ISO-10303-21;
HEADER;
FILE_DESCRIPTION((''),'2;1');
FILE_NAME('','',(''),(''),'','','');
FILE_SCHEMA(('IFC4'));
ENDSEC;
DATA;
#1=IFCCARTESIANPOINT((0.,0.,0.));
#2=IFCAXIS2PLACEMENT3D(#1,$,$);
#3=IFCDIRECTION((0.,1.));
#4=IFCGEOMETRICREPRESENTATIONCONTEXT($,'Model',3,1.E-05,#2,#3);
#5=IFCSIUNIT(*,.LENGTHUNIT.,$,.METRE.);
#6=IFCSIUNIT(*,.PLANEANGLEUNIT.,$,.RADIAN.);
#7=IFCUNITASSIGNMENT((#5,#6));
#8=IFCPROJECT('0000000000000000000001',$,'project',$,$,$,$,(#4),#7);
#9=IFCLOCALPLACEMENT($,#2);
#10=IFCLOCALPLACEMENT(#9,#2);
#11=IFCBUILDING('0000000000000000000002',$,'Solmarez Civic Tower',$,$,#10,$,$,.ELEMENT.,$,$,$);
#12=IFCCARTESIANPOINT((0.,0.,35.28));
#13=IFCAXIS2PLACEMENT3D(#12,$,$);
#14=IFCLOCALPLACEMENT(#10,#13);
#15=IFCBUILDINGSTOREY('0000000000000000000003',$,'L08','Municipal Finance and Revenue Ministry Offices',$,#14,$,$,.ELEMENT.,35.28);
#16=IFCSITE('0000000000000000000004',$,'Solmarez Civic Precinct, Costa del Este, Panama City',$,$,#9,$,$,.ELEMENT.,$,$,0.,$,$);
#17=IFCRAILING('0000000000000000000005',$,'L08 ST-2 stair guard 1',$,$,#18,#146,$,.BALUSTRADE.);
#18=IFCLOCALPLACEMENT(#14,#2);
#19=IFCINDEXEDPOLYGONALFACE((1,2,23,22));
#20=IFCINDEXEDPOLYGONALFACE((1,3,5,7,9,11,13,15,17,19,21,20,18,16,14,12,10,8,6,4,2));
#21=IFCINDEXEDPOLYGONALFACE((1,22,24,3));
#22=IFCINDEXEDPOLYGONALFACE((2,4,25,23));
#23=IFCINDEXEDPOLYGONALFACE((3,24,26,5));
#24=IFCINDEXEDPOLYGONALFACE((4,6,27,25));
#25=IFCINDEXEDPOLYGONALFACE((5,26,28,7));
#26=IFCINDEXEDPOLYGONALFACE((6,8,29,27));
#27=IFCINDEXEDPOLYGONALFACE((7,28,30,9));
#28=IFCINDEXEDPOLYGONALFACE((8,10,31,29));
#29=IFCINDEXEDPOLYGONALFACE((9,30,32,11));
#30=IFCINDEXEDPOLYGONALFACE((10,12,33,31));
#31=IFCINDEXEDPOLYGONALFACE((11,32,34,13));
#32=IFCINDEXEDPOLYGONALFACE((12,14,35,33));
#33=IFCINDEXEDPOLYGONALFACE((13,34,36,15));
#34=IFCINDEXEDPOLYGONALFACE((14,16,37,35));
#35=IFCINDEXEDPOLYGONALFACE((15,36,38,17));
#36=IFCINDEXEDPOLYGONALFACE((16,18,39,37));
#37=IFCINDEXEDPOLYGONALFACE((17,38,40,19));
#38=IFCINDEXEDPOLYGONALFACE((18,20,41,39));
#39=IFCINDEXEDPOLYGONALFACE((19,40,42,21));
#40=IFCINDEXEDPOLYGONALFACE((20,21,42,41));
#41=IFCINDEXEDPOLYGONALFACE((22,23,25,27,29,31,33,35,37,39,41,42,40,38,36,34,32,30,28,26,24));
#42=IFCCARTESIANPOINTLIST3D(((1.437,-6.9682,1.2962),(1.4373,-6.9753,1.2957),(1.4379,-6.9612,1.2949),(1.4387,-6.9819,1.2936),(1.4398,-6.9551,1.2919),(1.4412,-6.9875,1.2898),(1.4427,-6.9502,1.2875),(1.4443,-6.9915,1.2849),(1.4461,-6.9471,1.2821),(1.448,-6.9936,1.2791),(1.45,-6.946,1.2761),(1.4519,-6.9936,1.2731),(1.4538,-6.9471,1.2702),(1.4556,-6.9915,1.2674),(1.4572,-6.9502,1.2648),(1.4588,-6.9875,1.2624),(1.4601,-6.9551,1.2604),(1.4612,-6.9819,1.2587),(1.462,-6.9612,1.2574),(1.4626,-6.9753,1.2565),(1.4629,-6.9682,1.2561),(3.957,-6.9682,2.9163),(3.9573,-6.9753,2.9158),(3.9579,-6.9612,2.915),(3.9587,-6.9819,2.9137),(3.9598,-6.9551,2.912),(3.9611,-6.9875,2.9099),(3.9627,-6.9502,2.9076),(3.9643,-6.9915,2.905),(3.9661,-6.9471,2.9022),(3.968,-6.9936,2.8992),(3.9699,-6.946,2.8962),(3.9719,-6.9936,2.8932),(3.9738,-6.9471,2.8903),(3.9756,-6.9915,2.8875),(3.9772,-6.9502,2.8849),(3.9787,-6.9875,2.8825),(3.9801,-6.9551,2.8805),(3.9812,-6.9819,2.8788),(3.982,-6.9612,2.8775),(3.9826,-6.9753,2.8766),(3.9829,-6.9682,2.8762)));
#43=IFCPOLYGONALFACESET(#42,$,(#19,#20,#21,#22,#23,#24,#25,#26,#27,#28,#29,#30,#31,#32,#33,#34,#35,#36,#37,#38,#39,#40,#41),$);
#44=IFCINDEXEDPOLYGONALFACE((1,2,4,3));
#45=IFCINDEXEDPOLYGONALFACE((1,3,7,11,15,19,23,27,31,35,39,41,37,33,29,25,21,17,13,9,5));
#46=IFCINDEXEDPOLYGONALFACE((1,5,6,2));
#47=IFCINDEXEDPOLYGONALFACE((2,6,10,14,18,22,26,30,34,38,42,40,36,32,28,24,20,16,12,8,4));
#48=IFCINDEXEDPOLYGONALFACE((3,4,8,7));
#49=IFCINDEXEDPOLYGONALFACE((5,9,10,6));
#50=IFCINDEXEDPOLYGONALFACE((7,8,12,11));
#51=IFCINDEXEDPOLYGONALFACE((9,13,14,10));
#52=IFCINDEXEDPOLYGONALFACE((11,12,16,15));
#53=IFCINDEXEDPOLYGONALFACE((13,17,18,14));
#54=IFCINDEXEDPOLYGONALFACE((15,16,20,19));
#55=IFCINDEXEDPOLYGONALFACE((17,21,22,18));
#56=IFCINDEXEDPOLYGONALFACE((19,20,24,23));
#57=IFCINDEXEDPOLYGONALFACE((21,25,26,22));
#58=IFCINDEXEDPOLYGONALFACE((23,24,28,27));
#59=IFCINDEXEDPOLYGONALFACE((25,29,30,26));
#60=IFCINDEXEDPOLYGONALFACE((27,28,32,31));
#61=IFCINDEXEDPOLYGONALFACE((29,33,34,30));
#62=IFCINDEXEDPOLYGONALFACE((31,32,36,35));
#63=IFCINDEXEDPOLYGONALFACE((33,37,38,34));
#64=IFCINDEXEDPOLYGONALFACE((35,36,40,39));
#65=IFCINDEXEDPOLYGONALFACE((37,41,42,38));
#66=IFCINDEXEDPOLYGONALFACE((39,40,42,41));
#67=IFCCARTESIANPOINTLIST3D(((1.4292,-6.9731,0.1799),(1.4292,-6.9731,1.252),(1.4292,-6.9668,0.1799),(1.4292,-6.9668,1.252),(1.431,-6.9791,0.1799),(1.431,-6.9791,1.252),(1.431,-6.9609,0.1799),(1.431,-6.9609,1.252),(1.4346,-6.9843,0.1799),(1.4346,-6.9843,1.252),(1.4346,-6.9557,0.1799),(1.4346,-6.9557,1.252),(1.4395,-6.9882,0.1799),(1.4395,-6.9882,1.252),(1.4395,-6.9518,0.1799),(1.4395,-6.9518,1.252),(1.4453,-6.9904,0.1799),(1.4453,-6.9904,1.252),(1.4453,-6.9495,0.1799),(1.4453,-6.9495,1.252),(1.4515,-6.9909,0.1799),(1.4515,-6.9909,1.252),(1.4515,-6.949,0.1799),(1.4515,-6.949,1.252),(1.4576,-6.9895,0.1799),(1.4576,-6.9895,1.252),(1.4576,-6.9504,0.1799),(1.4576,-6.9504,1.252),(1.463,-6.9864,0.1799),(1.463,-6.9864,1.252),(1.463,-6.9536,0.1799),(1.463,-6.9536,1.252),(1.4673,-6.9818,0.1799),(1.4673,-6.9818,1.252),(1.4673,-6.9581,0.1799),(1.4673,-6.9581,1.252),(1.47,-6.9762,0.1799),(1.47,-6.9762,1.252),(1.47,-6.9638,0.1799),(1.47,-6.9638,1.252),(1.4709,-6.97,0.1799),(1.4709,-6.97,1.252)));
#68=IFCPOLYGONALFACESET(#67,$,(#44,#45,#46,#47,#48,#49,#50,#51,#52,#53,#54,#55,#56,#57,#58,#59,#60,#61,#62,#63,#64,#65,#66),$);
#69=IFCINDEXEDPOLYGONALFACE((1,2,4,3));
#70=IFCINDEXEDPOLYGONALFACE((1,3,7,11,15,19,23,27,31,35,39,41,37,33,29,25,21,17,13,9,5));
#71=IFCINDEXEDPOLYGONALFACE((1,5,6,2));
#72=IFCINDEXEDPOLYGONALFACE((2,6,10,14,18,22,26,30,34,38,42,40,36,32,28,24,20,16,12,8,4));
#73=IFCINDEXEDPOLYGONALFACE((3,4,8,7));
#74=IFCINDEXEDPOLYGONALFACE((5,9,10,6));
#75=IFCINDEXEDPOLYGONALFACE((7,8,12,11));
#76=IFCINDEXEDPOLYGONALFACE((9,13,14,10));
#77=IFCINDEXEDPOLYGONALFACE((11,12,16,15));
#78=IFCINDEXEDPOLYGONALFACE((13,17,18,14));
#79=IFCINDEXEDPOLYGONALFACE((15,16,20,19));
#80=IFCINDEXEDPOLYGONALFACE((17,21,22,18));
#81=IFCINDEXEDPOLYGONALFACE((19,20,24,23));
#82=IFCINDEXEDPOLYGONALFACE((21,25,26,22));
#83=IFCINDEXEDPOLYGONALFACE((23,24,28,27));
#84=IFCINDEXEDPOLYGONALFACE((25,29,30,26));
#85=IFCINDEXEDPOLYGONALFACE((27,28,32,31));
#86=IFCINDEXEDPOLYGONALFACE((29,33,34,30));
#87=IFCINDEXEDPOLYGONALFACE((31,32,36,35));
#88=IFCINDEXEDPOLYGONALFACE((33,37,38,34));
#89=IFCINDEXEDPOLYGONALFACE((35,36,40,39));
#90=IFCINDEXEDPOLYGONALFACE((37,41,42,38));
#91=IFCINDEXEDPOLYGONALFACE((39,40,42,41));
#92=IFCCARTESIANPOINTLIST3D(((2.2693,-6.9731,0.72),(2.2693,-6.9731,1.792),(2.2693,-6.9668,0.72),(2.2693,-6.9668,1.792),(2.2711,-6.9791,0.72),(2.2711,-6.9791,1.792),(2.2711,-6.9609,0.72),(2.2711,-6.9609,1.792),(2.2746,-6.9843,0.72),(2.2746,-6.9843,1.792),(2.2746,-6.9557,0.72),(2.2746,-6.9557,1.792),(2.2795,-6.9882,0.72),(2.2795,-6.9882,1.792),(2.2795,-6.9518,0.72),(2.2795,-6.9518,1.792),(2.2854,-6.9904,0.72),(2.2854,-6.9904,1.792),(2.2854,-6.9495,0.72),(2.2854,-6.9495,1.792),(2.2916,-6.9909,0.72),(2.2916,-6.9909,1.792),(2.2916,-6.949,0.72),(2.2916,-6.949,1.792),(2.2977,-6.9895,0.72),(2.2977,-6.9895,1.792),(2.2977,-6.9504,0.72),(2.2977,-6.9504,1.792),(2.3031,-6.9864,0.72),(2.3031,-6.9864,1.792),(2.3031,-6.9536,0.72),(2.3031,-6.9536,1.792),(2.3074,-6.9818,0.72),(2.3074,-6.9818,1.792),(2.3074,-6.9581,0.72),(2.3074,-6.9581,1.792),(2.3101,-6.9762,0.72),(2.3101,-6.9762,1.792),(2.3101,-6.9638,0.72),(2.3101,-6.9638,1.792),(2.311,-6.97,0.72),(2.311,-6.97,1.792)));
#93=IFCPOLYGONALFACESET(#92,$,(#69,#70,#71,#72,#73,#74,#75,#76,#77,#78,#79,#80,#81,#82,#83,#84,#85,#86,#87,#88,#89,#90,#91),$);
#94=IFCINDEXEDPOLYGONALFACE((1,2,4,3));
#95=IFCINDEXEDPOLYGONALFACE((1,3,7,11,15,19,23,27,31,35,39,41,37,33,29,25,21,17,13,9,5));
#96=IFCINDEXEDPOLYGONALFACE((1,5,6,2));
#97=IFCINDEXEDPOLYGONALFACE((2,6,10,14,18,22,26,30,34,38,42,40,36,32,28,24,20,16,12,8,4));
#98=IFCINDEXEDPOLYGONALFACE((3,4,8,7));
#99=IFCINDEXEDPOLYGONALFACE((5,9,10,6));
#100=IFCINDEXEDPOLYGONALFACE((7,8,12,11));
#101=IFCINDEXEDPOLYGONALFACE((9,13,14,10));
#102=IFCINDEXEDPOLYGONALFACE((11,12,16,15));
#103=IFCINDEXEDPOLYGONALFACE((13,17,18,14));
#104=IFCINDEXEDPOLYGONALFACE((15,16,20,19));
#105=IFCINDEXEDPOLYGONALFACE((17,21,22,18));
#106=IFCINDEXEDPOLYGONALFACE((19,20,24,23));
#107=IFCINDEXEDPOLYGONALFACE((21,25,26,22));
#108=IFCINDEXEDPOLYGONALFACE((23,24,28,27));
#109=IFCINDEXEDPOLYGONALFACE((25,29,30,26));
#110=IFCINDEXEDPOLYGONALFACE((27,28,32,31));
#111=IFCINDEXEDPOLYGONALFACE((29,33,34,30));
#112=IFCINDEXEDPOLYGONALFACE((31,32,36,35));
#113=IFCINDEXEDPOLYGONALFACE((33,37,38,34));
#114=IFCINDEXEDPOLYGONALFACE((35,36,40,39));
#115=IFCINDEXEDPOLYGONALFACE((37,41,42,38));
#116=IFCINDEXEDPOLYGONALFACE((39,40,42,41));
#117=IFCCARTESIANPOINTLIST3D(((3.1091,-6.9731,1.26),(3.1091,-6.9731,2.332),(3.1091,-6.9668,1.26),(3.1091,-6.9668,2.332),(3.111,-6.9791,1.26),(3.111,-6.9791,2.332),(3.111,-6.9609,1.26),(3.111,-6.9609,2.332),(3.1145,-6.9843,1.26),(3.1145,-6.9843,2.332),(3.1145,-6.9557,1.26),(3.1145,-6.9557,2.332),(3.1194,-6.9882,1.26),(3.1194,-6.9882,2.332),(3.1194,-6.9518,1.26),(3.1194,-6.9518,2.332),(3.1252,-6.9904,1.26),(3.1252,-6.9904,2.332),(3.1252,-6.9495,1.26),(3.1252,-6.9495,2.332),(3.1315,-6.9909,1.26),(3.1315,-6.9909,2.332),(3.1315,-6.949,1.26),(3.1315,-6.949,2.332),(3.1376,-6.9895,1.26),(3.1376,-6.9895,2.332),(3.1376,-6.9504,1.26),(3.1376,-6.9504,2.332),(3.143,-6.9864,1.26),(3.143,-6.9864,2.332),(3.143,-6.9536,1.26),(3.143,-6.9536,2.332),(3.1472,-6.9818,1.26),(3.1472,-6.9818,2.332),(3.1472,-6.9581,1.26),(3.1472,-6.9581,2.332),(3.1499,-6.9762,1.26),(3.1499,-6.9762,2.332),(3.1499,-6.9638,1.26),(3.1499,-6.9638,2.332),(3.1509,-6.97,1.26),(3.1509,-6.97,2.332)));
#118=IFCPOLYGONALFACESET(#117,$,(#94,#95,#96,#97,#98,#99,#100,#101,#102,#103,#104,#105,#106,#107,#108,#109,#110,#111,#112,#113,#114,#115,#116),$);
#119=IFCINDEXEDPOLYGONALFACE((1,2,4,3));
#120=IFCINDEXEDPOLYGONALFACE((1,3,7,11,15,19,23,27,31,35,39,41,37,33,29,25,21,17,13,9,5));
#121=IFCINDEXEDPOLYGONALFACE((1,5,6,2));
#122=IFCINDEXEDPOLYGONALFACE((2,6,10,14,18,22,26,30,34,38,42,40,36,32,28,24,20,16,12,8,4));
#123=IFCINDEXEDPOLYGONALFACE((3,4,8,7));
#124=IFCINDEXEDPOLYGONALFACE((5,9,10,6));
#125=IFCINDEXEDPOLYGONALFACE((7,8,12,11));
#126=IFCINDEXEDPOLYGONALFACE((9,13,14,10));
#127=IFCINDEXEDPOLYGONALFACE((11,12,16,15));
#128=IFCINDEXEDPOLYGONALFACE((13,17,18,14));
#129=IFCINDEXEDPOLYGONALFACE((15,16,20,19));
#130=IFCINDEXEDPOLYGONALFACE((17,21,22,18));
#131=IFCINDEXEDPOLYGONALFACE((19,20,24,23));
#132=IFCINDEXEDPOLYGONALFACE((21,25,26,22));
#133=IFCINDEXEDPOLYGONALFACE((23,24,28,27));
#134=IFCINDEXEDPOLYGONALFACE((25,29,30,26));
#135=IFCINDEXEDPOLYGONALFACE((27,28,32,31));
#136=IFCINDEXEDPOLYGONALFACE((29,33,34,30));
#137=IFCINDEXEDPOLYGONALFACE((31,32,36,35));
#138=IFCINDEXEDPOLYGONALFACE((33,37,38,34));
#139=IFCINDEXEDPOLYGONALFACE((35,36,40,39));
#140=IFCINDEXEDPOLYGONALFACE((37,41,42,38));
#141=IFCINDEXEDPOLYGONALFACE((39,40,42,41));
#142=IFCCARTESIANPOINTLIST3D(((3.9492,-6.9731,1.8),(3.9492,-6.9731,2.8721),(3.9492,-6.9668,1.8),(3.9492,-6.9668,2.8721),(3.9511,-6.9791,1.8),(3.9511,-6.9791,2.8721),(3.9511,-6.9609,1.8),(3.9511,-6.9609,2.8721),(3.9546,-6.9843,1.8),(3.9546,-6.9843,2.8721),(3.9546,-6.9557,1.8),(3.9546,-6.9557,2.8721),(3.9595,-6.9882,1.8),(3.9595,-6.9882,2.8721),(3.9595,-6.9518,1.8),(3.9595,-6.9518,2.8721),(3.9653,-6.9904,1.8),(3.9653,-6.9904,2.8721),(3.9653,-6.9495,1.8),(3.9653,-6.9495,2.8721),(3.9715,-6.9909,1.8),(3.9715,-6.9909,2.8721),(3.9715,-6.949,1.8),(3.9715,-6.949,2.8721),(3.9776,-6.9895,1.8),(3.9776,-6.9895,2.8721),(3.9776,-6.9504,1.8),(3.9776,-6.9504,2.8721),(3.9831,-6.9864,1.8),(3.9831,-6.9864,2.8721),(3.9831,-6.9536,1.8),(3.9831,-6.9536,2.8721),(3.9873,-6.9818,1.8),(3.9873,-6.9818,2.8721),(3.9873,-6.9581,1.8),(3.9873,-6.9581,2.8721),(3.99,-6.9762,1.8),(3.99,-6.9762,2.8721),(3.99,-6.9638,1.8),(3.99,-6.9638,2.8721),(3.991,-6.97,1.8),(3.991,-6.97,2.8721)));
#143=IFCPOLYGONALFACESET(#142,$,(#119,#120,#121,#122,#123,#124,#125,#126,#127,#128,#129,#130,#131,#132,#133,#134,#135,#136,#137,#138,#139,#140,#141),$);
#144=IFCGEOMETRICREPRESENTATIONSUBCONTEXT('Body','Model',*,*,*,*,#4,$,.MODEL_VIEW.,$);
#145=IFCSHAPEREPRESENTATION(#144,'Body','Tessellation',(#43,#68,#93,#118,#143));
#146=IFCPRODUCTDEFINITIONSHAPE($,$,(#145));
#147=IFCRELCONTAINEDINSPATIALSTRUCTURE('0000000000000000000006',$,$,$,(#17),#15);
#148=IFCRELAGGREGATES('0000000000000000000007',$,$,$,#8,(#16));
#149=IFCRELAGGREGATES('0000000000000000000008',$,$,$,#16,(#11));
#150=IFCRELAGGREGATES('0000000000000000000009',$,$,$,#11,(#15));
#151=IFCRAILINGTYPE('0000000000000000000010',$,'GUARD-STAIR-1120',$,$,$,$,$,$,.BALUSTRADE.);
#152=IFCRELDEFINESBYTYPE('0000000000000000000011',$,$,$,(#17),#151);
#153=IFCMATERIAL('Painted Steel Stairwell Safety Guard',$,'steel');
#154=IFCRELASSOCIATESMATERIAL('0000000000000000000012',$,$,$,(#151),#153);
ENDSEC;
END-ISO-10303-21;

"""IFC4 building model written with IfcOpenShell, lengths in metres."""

from ifc_helpers import new_model, si_unit, direction, frame, origin, origin_2d, place, context, subcontext, project, spatial, circle, extrude, material, type_object, element, save


model = new_model("IFC4")

# Units and contexts
model_context = context("Model", 3, precision=1e-05, world=origin(), true_north=direction((0.0, 1.0)))
body_context = subcontext(model_context, "Body", "Model", "MODEL_VIEW")
ifc_project = project(units=[si_unit("LENGTHUNIT", "METRE"), si_unit("PLANEANGLEUNIT", "RADIAN")], contexts=[model_context])

# Site, building, storey
site_placement = place(None, origin())
site = spatial("IfcSite", under=ifc_project, at=site_placement, Name="Solmarez Civic Precinct, Costa del Este, Panama City", CompositionType="ELEMENT", RefElevation=0.0)
building_placement = place(site_placement, origin())
building = spatial("IfcBuilding", under=site, at=building_placement, Name="Solmarez Civic Tower", CompositionType="ELEMENT")
storey_placement = place(building_placement, frame((0.0, 0.0, 35.28)))
storey = spatial("IfcBuildingStorey", under=building, at=storey_placement, Name="L08", Description="Municipal Finance and Revenue Ministry Offices", CompositionType="ELEMENT", Elevation=35.28)

# Railing
ifc_material_1 = material(Name="Painted Steel Stairwell Safety Guard", Category="steel")
railing_type_1 = type_object("IfcRailingType", Name="GUARD-STAIR-1120", PredefinedType="BALUSTRADE", material=ifc_material_1)
railing_1_placement = place(storey_placement, frame((1.45, -6.97, 0.1799)))
element("IfcRailing", 1, at=railing_1_placement, inside=storey, type_object=railing_type_1, Name="L08 ST-2 stair guard 1", PredefinedType="BALUSTRADE", context=body_context, shape_type="SweptSolid", body=[
    extrude(circle(Radius=0.0239, at=origin_2d()), frame((0.0, 0.0, 1.0962), z_axis=(0.841163, 0.0, 0.540782), x_axis=(0.0, 1.0, 0.0)), (0.0, 0.0, 1.0), 2.9958),
    extrude(circle(Radius=0.021, at=origin_2d()), origin(), (0.0, 0.0, 1.0), 1.072),
    extrude(circle(Radius=0.021, at=origin_2d()), frame((0.8401, 0.0, 0.54)), (0.0, 0.0, 1.0), 1.072),
    extrude(circle(Radius=0.021, at=origin_2d()), frame((1.6799, 0.0, 1.0801)), (0.0, 0.0, 1.0), 1.072),
    extrude(circle(Radius=0.021, at=origin_2d()), frame((2.52, 0.0, 1.6201)), (0.0, 0.0, 1.0), 1.072),
])

save(model, "model.ifc")
